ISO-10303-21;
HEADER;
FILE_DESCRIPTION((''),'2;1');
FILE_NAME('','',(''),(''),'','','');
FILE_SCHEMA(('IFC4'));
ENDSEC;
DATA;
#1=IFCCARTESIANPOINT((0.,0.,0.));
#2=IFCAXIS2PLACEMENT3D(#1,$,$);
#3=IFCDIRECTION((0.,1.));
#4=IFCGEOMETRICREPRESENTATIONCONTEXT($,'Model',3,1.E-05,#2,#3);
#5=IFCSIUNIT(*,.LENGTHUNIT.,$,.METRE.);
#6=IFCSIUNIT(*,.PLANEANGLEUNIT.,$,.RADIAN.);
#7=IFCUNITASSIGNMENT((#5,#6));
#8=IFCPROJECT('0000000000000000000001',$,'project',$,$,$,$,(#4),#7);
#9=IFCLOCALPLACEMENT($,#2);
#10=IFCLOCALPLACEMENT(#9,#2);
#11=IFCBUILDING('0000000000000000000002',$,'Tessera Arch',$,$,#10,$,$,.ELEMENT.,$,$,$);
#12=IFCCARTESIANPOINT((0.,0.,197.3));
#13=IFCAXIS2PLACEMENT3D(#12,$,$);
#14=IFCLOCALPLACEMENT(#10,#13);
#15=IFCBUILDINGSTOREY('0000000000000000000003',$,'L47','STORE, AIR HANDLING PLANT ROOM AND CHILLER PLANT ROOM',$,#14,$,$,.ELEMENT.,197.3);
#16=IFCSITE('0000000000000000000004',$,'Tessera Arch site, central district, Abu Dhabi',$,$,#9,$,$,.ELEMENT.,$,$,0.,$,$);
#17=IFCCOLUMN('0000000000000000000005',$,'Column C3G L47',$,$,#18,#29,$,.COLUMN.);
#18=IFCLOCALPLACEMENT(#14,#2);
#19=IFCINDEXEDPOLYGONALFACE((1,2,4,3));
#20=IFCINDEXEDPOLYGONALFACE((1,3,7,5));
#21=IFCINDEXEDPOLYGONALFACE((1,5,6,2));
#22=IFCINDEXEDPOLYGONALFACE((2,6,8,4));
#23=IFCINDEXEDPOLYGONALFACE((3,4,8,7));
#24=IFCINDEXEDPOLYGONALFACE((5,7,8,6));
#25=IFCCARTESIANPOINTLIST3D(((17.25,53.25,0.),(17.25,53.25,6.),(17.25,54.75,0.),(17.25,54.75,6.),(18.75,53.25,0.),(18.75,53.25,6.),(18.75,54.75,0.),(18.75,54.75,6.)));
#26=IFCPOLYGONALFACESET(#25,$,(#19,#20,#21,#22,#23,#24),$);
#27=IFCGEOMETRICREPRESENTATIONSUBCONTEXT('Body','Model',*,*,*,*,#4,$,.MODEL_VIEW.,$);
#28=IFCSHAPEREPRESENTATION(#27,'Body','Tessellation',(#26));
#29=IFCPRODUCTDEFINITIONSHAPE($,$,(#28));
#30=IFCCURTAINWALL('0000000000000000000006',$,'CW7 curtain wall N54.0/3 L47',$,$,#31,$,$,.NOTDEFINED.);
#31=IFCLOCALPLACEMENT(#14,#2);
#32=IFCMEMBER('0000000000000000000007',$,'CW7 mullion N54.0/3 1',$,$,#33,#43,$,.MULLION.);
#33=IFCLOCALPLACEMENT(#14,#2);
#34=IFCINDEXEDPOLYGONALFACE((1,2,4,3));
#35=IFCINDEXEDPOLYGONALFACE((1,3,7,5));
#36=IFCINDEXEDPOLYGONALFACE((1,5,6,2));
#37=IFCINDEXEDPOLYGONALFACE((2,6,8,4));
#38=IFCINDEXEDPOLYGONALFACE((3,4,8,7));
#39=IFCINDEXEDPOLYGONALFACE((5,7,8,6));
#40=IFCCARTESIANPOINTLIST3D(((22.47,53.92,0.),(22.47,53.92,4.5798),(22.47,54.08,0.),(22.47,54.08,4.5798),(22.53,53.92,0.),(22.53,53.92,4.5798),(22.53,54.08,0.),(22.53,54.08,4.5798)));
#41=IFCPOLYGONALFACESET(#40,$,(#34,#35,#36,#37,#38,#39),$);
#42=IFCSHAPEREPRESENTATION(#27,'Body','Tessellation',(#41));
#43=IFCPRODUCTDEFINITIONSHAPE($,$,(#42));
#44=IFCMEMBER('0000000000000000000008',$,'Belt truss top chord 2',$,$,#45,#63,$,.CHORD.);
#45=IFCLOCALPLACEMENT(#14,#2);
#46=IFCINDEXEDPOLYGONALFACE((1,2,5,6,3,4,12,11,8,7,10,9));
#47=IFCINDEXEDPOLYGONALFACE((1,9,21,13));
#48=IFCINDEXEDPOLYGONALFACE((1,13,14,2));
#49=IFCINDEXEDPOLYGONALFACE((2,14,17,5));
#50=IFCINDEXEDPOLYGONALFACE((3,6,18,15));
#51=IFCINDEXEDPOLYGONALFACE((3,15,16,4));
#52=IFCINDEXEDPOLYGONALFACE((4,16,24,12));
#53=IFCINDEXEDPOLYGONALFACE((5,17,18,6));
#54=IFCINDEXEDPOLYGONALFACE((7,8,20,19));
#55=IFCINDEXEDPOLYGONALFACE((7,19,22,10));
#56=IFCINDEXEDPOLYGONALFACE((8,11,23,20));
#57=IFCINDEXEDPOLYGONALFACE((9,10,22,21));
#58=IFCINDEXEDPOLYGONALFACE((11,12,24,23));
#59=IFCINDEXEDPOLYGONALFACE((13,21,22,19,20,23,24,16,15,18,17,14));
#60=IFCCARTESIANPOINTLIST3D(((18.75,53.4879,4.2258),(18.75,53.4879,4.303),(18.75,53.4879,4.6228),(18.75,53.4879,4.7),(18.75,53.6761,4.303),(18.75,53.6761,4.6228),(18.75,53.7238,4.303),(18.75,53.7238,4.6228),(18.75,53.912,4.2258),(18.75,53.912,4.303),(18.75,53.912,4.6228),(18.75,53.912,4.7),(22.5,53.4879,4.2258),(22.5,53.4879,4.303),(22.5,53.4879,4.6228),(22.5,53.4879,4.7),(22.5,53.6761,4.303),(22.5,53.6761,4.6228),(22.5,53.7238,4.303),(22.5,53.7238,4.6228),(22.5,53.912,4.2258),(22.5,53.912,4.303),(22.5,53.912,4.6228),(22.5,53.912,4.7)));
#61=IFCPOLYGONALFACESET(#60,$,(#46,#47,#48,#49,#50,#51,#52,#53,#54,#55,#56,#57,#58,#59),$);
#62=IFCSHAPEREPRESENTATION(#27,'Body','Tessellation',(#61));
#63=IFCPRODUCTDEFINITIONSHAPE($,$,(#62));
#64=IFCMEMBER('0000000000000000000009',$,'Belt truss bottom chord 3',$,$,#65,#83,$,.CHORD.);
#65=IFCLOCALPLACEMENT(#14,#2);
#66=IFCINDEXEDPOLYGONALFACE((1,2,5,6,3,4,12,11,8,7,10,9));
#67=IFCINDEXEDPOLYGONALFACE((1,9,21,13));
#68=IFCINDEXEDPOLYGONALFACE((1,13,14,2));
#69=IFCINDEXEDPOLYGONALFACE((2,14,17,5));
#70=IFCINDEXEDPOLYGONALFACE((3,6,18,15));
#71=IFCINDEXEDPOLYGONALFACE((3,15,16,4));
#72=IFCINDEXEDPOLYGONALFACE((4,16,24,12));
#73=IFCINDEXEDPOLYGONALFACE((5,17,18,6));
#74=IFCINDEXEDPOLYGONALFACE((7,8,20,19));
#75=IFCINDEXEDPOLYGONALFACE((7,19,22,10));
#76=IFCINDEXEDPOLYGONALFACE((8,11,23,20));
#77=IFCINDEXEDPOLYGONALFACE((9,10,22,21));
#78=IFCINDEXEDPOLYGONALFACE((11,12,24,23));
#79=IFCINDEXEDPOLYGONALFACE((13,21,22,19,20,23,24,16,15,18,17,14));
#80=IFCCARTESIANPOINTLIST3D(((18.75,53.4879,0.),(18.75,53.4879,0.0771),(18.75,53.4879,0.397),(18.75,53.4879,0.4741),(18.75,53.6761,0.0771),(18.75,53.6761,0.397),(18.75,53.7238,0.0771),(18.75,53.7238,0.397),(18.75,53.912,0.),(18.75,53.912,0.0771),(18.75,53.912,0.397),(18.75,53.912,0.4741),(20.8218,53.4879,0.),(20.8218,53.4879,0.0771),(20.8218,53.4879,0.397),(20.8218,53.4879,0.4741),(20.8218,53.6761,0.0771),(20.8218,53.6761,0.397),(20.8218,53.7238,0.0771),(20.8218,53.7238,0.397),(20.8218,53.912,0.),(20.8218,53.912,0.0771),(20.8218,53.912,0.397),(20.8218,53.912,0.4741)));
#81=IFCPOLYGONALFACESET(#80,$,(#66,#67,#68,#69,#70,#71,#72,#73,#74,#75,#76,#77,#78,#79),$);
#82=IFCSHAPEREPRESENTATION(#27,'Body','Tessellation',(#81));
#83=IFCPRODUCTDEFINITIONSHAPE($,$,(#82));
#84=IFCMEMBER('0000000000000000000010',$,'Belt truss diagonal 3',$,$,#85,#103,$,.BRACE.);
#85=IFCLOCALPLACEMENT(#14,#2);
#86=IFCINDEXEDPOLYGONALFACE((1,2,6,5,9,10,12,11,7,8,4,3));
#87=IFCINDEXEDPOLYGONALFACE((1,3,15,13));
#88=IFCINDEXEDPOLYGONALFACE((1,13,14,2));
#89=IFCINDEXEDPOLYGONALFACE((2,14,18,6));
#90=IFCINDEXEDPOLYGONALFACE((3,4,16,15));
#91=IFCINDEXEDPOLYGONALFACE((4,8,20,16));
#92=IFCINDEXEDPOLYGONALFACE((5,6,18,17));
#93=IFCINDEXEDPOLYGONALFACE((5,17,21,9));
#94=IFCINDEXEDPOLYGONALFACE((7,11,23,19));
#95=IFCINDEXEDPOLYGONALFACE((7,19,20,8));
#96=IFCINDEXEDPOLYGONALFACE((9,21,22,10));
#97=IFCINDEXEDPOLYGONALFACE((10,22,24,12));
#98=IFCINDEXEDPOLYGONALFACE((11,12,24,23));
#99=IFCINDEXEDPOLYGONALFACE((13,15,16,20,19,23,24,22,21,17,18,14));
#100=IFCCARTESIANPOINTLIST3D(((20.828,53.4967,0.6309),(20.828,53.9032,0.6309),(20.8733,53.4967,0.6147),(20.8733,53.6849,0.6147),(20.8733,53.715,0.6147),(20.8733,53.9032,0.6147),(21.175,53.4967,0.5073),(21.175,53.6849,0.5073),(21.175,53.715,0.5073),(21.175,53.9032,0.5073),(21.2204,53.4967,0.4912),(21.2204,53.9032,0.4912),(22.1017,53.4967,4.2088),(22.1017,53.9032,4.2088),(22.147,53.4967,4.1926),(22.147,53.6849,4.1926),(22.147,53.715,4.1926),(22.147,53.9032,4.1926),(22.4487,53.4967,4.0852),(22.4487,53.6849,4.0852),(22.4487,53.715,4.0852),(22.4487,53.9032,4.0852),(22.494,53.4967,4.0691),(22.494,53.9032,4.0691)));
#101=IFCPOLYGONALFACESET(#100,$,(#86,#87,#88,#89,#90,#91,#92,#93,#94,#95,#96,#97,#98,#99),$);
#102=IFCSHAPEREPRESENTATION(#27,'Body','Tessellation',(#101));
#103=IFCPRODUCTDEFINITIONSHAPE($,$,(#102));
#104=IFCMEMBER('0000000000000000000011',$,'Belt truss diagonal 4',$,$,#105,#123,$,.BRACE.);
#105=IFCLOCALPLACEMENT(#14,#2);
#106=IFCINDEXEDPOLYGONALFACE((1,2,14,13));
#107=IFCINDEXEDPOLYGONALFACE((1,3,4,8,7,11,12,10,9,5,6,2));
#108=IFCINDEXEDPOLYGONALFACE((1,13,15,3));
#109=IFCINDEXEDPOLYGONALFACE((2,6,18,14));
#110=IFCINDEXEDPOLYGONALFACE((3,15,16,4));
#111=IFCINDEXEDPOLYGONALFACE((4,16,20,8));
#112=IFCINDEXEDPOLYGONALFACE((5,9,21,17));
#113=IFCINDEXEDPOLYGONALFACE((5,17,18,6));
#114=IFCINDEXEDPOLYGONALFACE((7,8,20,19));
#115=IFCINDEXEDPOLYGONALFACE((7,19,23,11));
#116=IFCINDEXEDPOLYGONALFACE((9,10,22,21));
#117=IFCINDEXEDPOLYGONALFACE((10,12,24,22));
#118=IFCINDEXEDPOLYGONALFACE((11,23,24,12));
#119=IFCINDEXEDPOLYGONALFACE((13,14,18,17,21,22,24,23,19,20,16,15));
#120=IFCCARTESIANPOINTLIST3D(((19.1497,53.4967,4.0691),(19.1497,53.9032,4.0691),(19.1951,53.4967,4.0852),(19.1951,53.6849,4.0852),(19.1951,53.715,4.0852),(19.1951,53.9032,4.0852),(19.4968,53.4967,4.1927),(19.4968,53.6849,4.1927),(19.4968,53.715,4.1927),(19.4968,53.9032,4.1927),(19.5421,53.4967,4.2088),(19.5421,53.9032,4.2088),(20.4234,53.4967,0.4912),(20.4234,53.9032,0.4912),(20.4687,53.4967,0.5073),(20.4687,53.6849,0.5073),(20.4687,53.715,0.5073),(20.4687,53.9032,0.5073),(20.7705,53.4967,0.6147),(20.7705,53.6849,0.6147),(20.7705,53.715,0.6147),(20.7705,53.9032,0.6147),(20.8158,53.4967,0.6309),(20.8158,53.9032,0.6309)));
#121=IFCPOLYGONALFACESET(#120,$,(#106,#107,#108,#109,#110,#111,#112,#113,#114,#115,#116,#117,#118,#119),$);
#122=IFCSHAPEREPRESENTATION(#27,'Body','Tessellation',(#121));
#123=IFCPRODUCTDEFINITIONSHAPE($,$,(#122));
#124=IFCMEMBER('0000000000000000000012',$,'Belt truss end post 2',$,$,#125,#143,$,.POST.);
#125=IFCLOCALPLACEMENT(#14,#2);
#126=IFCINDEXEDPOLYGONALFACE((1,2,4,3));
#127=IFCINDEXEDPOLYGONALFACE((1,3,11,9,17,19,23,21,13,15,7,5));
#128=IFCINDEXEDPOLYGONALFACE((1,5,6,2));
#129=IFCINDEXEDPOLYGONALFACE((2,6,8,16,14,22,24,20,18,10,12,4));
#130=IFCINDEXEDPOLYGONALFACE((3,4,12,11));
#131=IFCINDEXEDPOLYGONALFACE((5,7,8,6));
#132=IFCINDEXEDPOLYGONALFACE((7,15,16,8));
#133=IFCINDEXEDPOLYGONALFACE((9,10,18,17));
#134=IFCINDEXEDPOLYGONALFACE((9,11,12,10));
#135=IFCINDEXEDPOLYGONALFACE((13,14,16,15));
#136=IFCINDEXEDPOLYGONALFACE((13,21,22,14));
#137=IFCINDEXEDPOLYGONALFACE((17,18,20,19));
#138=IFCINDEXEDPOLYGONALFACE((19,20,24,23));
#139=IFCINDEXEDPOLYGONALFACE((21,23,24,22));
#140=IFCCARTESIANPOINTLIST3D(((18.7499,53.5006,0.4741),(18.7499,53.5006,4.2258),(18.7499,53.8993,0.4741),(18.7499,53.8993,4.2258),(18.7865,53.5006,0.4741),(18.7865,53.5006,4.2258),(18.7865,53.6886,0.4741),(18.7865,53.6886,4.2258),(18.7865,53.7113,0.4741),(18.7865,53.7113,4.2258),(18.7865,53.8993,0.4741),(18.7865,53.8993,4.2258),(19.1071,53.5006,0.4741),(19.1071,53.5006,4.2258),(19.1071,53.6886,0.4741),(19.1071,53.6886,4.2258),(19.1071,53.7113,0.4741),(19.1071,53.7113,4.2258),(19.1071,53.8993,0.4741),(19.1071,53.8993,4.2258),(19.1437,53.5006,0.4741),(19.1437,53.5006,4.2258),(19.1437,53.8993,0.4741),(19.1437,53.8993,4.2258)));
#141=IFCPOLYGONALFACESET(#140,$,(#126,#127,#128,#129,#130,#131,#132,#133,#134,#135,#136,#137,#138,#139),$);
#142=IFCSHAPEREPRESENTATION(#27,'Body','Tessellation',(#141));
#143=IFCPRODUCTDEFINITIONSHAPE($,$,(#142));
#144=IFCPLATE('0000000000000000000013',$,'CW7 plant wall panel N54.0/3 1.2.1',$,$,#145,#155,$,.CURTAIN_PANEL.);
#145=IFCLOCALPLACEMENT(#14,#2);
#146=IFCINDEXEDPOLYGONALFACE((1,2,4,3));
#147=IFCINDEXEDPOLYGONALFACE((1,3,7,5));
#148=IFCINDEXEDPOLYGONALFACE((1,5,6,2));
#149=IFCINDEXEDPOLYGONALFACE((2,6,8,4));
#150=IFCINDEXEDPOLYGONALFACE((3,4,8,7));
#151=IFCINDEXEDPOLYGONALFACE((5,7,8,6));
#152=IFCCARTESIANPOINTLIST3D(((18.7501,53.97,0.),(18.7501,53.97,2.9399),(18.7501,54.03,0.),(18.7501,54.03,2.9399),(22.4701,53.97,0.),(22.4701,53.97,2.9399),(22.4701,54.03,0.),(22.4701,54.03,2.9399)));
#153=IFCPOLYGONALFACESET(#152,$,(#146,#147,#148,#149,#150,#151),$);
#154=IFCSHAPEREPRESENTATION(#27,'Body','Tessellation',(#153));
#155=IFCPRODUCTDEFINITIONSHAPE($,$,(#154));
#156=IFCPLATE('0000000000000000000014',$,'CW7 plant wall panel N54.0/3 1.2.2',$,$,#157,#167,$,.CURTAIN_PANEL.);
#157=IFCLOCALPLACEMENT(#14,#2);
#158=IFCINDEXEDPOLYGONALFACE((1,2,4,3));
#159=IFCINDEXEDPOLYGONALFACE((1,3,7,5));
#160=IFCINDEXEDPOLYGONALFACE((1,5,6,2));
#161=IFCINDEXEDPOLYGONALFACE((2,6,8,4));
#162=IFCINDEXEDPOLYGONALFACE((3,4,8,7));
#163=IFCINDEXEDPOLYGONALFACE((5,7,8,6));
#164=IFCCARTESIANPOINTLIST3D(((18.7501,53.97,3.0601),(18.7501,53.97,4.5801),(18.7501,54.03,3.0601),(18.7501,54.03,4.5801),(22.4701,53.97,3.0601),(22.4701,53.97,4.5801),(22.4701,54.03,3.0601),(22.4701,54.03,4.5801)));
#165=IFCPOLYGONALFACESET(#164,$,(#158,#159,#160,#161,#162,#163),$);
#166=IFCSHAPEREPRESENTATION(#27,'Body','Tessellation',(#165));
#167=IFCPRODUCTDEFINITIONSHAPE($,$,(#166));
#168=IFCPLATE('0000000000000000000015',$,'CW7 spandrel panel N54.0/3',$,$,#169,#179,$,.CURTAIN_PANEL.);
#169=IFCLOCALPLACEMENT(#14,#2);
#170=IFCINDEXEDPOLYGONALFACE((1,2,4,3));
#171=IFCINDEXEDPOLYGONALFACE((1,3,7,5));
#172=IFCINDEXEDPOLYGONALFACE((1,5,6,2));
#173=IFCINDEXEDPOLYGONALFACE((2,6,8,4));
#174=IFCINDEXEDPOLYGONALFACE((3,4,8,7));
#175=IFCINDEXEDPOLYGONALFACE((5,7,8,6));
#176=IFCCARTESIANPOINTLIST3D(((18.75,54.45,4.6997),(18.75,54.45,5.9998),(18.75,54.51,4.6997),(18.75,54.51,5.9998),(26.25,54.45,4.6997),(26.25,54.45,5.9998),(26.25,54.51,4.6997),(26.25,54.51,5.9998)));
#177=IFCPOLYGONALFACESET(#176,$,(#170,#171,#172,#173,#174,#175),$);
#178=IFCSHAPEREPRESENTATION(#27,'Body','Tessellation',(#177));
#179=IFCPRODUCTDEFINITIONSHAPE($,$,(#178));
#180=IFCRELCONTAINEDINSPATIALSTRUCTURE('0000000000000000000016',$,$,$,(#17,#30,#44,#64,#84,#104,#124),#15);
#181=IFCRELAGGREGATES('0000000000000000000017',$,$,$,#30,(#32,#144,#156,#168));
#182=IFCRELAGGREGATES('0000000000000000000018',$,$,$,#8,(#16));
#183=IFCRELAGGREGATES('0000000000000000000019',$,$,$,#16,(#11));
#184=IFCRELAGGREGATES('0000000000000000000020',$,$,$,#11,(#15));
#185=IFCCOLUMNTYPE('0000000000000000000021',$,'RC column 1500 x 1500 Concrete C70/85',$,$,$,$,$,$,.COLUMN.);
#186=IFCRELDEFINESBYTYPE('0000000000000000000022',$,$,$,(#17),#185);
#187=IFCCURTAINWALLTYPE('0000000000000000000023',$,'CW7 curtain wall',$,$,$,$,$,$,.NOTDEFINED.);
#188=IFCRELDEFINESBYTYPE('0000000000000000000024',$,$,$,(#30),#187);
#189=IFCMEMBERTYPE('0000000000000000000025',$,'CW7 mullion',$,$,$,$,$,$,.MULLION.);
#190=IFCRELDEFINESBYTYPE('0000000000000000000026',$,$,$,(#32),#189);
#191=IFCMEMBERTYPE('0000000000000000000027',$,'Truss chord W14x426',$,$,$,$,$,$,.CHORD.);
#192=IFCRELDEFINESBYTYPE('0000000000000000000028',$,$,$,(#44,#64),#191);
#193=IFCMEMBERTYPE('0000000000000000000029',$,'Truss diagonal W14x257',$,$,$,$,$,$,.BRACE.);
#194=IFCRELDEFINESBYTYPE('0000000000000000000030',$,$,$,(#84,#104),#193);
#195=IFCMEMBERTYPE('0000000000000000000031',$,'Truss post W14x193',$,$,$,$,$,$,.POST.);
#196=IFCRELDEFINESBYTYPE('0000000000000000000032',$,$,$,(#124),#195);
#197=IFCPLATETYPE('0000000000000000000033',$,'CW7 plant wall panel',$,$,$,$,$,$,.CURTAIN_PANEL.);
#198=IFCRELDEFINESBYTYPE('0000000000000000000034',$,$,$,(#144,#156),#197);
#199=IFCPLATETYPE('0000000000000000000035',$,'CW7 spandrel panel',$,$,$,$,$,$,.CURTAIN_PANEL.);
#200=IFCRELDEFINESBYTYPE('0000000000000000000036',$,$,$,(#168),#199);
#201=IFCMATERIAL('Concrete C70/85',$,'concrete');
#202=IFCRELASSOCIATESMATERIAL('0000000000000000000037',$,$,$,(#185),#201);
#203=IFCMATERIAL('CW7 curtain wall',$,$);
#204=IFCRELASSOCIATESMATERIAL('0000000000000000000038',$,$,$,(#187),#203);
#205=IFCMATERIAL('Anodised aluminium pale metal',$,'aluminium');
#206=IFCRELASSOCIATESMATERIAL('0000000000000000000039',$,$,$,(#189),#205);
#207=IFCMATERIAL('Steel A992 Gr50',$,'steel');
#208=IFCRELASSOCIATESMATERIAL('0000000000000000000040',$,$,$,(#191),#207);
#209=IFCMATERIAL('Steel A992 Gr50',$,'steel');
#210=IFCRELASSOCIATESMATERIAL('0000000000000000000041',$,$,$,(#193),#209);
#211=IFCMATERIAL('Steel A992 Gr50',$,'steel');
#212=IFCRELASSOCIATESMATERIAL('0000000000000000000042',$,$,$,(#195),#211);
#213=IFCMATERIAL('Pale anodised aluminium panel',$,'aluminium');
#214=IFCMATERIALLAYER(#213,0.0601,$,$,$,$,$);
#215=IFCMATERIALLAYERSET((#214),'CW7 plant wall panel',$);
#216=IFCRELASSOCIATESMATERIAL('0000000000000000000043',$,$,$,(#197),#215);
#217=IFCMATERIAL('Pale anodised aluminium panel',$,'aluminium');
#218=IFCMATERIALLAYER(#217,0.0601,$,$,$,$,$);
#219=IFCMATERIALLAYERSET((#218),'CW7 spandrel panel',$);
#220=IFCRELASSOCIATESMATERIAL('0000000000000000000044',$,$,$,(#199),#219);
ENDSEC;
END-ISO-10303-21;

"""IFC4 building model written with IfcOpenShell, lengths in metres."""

from ifc_helpers import new_model, si_unit, direction, frame, origin, origin_2d, place, context, subcontext, project, spatial, rectangle, i_section, extrude, material, layer, layer_set, material_profile, profile_set, type_object, element, aggregate, save


model = new_model("IFC4")

# Units and contexts
model_context = context("Model", 3, precision=1e-05, world=origin(), true_north=direction((0.0, 1.0)))
body_context = subcontext(model_context, "Body", "Model", "MODEL_VIEW")
ifc_project = project(units=[si_unit("LENGTHUNIT", "METRE"), si_unit("PLANEANGLEUNIT", "RADIAN")], contexts=[model_context])

# Site, building, storey
site_placement = place(None, origin())
site = spatial("IfcSite", under=ifc_project, at=site_placement, Name="Tessera Arch site, central district, Abu Dhabi", CompositionType="ELEMENT", RefElevation=0.0)
building_placement = place(site_placement, origin())
building = spatial("IfcBuilding", under=site, at=building_placement, Name="Tessera Arch", CompositionType="ELEMENT")
storey_placement = place(building_placement, frame((0.0, 0.0, 197.3)))
storey = spatial("IfcBuildingStorey", under=building, at=storey_placement, Name="L47", Description="STORE, AIR HANDLING PLANT ROOM AND CHILLER PLANT ROOM", CompositionType="ELEMENT", Elevation=197.3)

# Column
ifc_material_1 = material(Name="Concrete C70/85", Category="concrete")
ifc_material_profile_1 = material_profile(ifc_material_1, rectangle(XDim=1.5, YDim=1.5, at=origin_2d()), Name="RC column 1500 x 1500 Concrete C70/85")
ifc_profile_set_1 = profile_set([ifc_material_profile_1], Name="Concrete C70/85")
column_type = type_object("IfcColumnType", Name="RC column 1500 x 1500 Concrete C70/85", PredefinedType="COLUMN", material=ifc_profile_set_1)
column_placement = place(storey_placement, frame((18.0, 54.0, 0.0), z_axis=(0.0, 0.0, 1.0), x_axis=(1.0, 0.0, 0.0)))
element("IfcColumn", 1, at=column_placement, inside=storey, type_object=column_type, Name="Column C3G L47", PredefinedType="COLUMN", context=body_context, shape_type="SweptSolid", body=[
    extrude(rectangle(XDim=1.5, YDim=1.5, at=origin_2d()), origin(), (0.0, 0.0, 1.0), 6.0),
])

# Curtain wall, member
ifc_material_2 = material(Name="CW7 curtain wall")
curtain_wall_type = type_object("IfcCurtainWallType", Name="CW7 curtain wall", PredefinedType="NOTDEFINED", material=ifc_material_2)
curtain_wall_placement = place(storey_placement, origin())
curtain_wall = element("IfcCurtainWall", 2, at=curtain_wall_placement, inside=storey, type_object=curtain_wall_type, Name="CW7 curtain wall N54.0/3 L47", PredefinedType="NOTDEFINED")
ifc_material_3 = material(Name="Anodised aluminium pale metal", Category="aluminium")
ifc_material_profile_2 = material_profile(ifc_material_3, rectangle(XDim=0.1599, YDim=0.0601, at=origin_2d()), Name="AL 60x160")
ifc_profile_set_2 = profile_set([ifc_material_profile_2], Name="Anodised aluminium pale metal")
member_type_1 = type_object("IfcMemberType", Name="CW7 mullion", PredefinedType="MULLION", material=ifc_profile_set_2)
member_1_placement = place(storey_placement, frame((22.5, 54.0, 0.0), z_axis=(0.0, 0.0, 1.0), x_axis=(0.0, -1.0, 0.0)))
member_1 = element("IfcMember", 3, at=member_1_placement, type_object=member_type_1, Name="CW7 mullion N54.0/3 1", PredefinedType="MULLION", context=body_context, shape_type="SweptSolid", body=[
    extrude(rectangle(XDim=0.1599, YDim=0.0601, at=origin_2d()), origin(), (0.0, 0.0, 1.0), 4.5798),
])

# Members
ifc_material_4 = material(Name="Steel A992 Gr50", Category="steel")
ifc_material_profile_3 = material_profile(ifc_material_4, i_section(OverallWidth=0.4241, OverallDepth=0.4741, WebThickness=0.0476, FlangeThickness=0.0771, at=origin_2d()), Name="W14x426")
ifc_profile_set_3 = profile_set([ifc_material_profile_3], Name="Steel A992 Gr50")
member_type_2 = type_object("IfcMemberType", Name="Truss chord W14x426", PredefinedType="CHORD", material=ifc_profile_set_3)
member_2_placement = place(storey_placement, frame((22.5, 53.7, 4.4629), z_axis=(-1.0, 0.0, 0.0), x_axis=(0.0, -1.0, 0.0)))
element("IfcMember", 4, at=member_2_placement, inside=storey, type_object=member_type_2, Name="Belt truss top chord 2", PredefinedType="CHORD", context=body_context, shape_type="SweptSolid", body=[
    extrude(i_section(OverallWidth=0.4241, OverallDepth=0.4741, WebThickness=0.0476, FlangeThickness=0.0771, at=origin_2d()), origin(), (0.0, 0.0, 1.0), 3.75),
])
member_3_placement = place(storey_placement, frame((20.8218, 53.7, 0.2371), z_axis=(-1.0, 0.0, 0.0), x_axis=(0.0, -1.0, 0.0)))
element("IfcMember", 5, at=member_3_placement, inside=storey, type_object=member_type_2, Name="Belt truss bottom chord 3", PredefinedType="CHORD", context=body_context, shape_type="SweptSolid", body=[
    extrude(i_section(OverallWidth=0.4241, OverallDepth=0.4741, WebThickness=0.0476, FlangeThickness=0.0771, at=origin_2d()), origin(), (0.0, 0.0, 1.0), 2.0718),
])
ifc_material_5 = material(Name="Steel A992 Gr50", Category="steel")
ifc_material_profile_4 = material_profile(ifc_material_5, i_section(OverallWidth=0.4065, OverallDepth=0.4165, WebThickness=0.03, FlangeThickness=0.0481, at=origin_2d()), Name="W14x257")
ifc_profile_set_4 = profile_set([ifc_material_profile_4], Name="Steel A992 Gr50")
member_type_3 = type_object("IfcMemberType", Name="Truss diagonal W14x257", PredefinedType="BRACE", material=ifc_profile_set_4)
for number, where, z_axis, x_axis, name in (
    (6, (22.2979, 53.7, 4.1389), (-0.335371, 0.0, -0.942086), (0.0, -1.0, 0.0), "Belt truss diagonal 3"),
    (7, (20.6196, 53.7, 0.561), (-0.335371, 0.0, 0.942086), (0.0, -1.0, 0.0), "Belt truss diagonal 4"),
):
    element("IfcMember", number, at=place(storey_placement, frame(where, z_axis=z_axis, x_axis=x_axis)), inside=storey, type_object=member_type_3, Name=name, PredefinedType="BRACE", context=body_context, shape_type="SweptSolid", body=[
        extrude(i_section(OverallWidth=0.4065, OverallDepth=0.4165, WebThickness=0.03, FlangeThickness=0.0481, at=origin_2d()), origin(), (0.0, 0.0, 1.0), 3.7979),
    ])
ifc_material_6 = material(Name="Steel A992 Gr50", Category="steel")
ifc_material_profile_5 = material_profile(ifc_material_6, i_section(OverallWidth=0.3987, OverallDepth=0.3938, WebThickness=0.0227, FlangeThickness=0.0366, at=origin_2d()), Name="W14x193")
ifc_profile_set_5 = profile_set([ifc_material_profile_5], Name="Steel A992 Gr50")
member_type_4 = type_object("IfcMemberType", Name="Truss post W14x193", PredefinedType="POST", material=ifc_profile_set_5)
member_4_placement = place(storey_placement, frame((18.9468, 53.7, 0.4741), z_axis=(0.0, 0.0, 1.0), x_axis=(0.0, 1.0, 0.0)))
element("IfcMember", 8, at=member_4_placement, inside=storey, type_object=member_type_4, Name="Belt truss end post 2", PredefinedType="POST", context=body_context, shape_type="SweptSolid", body=[
    extrude(i_section(OverallWidth=0.3987, OverallDepth=0.3938, WebThickness=0.0227, FlangeThickness=0.0366, at=origin_2d()), origin(), (0.0, 0.0, 1.0), 3.7517),
])

# Plates
ifc_material_7 = material(Name="Pale anodised aluminium panel", Category="aluminium")
ifc_layer_1 = layer(ifc_material_7, 0.0601)
ifc_layer_set_1 = layer_set([ifc_layer_1], Name="CW7 plant wall panel")
plate_type_1 = type_object("IfcPlateType", Name="CW7 plant wall panel", PredefinedType="CURTAIN_PANEL", material=ifc_layer_set_1)
plate_1_placement = place(storey_placement, frame((20.6101, 54.0, 0.0), z_axis=(0.0, 0.0, 1.0), x_axis=(-1.0, 0.0, 0.0)))
plate_1 = element("IfcPlate", 9, at=plate_1_placement, type_object=plate_type_1, Name="CW7 plant wall panel N54.0/3 1.2.1", PredefinedType="CURTAIN_PANEL", context=body_context, shape_type="SweptSolid", body=[
    extrude(rectangle(XDim=3.72, YDim=0.0601, at=origin_2d()), origin(), (0.0, 0.0, 1.0), 2.9399),
])
plate_2_placement = place(storey_placement, frame((20.6101, 54.0, 3.0601), z_axis=(0.0, 0.0, 1.0), x_axis=(-1.0, 0.0, 0.0)))
plate_2 = element("IfcPlate", 10, at=plate_2_placement, type_object=plate_type_1, Name="CW7 plant wall panel N54.0/3 1.2.2", PredefinedType="CURTAIN_PANEL", context=body_context, shape_type="SweptSolid", body=[
    extrude(rectangle(XDim=3.72, YDim=0.0601, at=origin_2d()), origin(), (0.0, 0.0, 1.0), 1.52),
])
ifc_material_8 = material(Name="Pale anodised aluminium panel", Category="aluminium")
ifc_layer_2 = layer(ifc_material_8, 0.0601)
ifc_layer_set_2 = layer_set([ifc_layer_2], Name="CW7 spandrel panel")
plate_type_2 = type_object("IfcPlateType", Name="CW7 spandrel panel", PredefinedType="CURTAIN_PANEL", material=ifc_layer_set_2)
plate_3_placement = place(storey_placement, frame((22.5, 54.48, 4.6997), z_axis=(0.0, 0.0, 1.0), x_axis=(-1.0, 0.0, 0.0)))
plate_3 = element("IfcPlate", 11, at=plate_3_placement, type_object=plate_type_2, Name="CW7 spandrel panel N54.0/3", PredefinedType="CURTAIN_PANEL", context=body_context, shape_type="SweptSolid", body=[
    extrude(rectangle(XDim=7.5, YDim=0.0601, at=origin_2d()), origin(), (0.0, 0.0, 1.0), 1.3),
])
aggregate(curtain_wall, [member_1, plate_1, plate_2, plate_3])

save(model, "model.ifc")
